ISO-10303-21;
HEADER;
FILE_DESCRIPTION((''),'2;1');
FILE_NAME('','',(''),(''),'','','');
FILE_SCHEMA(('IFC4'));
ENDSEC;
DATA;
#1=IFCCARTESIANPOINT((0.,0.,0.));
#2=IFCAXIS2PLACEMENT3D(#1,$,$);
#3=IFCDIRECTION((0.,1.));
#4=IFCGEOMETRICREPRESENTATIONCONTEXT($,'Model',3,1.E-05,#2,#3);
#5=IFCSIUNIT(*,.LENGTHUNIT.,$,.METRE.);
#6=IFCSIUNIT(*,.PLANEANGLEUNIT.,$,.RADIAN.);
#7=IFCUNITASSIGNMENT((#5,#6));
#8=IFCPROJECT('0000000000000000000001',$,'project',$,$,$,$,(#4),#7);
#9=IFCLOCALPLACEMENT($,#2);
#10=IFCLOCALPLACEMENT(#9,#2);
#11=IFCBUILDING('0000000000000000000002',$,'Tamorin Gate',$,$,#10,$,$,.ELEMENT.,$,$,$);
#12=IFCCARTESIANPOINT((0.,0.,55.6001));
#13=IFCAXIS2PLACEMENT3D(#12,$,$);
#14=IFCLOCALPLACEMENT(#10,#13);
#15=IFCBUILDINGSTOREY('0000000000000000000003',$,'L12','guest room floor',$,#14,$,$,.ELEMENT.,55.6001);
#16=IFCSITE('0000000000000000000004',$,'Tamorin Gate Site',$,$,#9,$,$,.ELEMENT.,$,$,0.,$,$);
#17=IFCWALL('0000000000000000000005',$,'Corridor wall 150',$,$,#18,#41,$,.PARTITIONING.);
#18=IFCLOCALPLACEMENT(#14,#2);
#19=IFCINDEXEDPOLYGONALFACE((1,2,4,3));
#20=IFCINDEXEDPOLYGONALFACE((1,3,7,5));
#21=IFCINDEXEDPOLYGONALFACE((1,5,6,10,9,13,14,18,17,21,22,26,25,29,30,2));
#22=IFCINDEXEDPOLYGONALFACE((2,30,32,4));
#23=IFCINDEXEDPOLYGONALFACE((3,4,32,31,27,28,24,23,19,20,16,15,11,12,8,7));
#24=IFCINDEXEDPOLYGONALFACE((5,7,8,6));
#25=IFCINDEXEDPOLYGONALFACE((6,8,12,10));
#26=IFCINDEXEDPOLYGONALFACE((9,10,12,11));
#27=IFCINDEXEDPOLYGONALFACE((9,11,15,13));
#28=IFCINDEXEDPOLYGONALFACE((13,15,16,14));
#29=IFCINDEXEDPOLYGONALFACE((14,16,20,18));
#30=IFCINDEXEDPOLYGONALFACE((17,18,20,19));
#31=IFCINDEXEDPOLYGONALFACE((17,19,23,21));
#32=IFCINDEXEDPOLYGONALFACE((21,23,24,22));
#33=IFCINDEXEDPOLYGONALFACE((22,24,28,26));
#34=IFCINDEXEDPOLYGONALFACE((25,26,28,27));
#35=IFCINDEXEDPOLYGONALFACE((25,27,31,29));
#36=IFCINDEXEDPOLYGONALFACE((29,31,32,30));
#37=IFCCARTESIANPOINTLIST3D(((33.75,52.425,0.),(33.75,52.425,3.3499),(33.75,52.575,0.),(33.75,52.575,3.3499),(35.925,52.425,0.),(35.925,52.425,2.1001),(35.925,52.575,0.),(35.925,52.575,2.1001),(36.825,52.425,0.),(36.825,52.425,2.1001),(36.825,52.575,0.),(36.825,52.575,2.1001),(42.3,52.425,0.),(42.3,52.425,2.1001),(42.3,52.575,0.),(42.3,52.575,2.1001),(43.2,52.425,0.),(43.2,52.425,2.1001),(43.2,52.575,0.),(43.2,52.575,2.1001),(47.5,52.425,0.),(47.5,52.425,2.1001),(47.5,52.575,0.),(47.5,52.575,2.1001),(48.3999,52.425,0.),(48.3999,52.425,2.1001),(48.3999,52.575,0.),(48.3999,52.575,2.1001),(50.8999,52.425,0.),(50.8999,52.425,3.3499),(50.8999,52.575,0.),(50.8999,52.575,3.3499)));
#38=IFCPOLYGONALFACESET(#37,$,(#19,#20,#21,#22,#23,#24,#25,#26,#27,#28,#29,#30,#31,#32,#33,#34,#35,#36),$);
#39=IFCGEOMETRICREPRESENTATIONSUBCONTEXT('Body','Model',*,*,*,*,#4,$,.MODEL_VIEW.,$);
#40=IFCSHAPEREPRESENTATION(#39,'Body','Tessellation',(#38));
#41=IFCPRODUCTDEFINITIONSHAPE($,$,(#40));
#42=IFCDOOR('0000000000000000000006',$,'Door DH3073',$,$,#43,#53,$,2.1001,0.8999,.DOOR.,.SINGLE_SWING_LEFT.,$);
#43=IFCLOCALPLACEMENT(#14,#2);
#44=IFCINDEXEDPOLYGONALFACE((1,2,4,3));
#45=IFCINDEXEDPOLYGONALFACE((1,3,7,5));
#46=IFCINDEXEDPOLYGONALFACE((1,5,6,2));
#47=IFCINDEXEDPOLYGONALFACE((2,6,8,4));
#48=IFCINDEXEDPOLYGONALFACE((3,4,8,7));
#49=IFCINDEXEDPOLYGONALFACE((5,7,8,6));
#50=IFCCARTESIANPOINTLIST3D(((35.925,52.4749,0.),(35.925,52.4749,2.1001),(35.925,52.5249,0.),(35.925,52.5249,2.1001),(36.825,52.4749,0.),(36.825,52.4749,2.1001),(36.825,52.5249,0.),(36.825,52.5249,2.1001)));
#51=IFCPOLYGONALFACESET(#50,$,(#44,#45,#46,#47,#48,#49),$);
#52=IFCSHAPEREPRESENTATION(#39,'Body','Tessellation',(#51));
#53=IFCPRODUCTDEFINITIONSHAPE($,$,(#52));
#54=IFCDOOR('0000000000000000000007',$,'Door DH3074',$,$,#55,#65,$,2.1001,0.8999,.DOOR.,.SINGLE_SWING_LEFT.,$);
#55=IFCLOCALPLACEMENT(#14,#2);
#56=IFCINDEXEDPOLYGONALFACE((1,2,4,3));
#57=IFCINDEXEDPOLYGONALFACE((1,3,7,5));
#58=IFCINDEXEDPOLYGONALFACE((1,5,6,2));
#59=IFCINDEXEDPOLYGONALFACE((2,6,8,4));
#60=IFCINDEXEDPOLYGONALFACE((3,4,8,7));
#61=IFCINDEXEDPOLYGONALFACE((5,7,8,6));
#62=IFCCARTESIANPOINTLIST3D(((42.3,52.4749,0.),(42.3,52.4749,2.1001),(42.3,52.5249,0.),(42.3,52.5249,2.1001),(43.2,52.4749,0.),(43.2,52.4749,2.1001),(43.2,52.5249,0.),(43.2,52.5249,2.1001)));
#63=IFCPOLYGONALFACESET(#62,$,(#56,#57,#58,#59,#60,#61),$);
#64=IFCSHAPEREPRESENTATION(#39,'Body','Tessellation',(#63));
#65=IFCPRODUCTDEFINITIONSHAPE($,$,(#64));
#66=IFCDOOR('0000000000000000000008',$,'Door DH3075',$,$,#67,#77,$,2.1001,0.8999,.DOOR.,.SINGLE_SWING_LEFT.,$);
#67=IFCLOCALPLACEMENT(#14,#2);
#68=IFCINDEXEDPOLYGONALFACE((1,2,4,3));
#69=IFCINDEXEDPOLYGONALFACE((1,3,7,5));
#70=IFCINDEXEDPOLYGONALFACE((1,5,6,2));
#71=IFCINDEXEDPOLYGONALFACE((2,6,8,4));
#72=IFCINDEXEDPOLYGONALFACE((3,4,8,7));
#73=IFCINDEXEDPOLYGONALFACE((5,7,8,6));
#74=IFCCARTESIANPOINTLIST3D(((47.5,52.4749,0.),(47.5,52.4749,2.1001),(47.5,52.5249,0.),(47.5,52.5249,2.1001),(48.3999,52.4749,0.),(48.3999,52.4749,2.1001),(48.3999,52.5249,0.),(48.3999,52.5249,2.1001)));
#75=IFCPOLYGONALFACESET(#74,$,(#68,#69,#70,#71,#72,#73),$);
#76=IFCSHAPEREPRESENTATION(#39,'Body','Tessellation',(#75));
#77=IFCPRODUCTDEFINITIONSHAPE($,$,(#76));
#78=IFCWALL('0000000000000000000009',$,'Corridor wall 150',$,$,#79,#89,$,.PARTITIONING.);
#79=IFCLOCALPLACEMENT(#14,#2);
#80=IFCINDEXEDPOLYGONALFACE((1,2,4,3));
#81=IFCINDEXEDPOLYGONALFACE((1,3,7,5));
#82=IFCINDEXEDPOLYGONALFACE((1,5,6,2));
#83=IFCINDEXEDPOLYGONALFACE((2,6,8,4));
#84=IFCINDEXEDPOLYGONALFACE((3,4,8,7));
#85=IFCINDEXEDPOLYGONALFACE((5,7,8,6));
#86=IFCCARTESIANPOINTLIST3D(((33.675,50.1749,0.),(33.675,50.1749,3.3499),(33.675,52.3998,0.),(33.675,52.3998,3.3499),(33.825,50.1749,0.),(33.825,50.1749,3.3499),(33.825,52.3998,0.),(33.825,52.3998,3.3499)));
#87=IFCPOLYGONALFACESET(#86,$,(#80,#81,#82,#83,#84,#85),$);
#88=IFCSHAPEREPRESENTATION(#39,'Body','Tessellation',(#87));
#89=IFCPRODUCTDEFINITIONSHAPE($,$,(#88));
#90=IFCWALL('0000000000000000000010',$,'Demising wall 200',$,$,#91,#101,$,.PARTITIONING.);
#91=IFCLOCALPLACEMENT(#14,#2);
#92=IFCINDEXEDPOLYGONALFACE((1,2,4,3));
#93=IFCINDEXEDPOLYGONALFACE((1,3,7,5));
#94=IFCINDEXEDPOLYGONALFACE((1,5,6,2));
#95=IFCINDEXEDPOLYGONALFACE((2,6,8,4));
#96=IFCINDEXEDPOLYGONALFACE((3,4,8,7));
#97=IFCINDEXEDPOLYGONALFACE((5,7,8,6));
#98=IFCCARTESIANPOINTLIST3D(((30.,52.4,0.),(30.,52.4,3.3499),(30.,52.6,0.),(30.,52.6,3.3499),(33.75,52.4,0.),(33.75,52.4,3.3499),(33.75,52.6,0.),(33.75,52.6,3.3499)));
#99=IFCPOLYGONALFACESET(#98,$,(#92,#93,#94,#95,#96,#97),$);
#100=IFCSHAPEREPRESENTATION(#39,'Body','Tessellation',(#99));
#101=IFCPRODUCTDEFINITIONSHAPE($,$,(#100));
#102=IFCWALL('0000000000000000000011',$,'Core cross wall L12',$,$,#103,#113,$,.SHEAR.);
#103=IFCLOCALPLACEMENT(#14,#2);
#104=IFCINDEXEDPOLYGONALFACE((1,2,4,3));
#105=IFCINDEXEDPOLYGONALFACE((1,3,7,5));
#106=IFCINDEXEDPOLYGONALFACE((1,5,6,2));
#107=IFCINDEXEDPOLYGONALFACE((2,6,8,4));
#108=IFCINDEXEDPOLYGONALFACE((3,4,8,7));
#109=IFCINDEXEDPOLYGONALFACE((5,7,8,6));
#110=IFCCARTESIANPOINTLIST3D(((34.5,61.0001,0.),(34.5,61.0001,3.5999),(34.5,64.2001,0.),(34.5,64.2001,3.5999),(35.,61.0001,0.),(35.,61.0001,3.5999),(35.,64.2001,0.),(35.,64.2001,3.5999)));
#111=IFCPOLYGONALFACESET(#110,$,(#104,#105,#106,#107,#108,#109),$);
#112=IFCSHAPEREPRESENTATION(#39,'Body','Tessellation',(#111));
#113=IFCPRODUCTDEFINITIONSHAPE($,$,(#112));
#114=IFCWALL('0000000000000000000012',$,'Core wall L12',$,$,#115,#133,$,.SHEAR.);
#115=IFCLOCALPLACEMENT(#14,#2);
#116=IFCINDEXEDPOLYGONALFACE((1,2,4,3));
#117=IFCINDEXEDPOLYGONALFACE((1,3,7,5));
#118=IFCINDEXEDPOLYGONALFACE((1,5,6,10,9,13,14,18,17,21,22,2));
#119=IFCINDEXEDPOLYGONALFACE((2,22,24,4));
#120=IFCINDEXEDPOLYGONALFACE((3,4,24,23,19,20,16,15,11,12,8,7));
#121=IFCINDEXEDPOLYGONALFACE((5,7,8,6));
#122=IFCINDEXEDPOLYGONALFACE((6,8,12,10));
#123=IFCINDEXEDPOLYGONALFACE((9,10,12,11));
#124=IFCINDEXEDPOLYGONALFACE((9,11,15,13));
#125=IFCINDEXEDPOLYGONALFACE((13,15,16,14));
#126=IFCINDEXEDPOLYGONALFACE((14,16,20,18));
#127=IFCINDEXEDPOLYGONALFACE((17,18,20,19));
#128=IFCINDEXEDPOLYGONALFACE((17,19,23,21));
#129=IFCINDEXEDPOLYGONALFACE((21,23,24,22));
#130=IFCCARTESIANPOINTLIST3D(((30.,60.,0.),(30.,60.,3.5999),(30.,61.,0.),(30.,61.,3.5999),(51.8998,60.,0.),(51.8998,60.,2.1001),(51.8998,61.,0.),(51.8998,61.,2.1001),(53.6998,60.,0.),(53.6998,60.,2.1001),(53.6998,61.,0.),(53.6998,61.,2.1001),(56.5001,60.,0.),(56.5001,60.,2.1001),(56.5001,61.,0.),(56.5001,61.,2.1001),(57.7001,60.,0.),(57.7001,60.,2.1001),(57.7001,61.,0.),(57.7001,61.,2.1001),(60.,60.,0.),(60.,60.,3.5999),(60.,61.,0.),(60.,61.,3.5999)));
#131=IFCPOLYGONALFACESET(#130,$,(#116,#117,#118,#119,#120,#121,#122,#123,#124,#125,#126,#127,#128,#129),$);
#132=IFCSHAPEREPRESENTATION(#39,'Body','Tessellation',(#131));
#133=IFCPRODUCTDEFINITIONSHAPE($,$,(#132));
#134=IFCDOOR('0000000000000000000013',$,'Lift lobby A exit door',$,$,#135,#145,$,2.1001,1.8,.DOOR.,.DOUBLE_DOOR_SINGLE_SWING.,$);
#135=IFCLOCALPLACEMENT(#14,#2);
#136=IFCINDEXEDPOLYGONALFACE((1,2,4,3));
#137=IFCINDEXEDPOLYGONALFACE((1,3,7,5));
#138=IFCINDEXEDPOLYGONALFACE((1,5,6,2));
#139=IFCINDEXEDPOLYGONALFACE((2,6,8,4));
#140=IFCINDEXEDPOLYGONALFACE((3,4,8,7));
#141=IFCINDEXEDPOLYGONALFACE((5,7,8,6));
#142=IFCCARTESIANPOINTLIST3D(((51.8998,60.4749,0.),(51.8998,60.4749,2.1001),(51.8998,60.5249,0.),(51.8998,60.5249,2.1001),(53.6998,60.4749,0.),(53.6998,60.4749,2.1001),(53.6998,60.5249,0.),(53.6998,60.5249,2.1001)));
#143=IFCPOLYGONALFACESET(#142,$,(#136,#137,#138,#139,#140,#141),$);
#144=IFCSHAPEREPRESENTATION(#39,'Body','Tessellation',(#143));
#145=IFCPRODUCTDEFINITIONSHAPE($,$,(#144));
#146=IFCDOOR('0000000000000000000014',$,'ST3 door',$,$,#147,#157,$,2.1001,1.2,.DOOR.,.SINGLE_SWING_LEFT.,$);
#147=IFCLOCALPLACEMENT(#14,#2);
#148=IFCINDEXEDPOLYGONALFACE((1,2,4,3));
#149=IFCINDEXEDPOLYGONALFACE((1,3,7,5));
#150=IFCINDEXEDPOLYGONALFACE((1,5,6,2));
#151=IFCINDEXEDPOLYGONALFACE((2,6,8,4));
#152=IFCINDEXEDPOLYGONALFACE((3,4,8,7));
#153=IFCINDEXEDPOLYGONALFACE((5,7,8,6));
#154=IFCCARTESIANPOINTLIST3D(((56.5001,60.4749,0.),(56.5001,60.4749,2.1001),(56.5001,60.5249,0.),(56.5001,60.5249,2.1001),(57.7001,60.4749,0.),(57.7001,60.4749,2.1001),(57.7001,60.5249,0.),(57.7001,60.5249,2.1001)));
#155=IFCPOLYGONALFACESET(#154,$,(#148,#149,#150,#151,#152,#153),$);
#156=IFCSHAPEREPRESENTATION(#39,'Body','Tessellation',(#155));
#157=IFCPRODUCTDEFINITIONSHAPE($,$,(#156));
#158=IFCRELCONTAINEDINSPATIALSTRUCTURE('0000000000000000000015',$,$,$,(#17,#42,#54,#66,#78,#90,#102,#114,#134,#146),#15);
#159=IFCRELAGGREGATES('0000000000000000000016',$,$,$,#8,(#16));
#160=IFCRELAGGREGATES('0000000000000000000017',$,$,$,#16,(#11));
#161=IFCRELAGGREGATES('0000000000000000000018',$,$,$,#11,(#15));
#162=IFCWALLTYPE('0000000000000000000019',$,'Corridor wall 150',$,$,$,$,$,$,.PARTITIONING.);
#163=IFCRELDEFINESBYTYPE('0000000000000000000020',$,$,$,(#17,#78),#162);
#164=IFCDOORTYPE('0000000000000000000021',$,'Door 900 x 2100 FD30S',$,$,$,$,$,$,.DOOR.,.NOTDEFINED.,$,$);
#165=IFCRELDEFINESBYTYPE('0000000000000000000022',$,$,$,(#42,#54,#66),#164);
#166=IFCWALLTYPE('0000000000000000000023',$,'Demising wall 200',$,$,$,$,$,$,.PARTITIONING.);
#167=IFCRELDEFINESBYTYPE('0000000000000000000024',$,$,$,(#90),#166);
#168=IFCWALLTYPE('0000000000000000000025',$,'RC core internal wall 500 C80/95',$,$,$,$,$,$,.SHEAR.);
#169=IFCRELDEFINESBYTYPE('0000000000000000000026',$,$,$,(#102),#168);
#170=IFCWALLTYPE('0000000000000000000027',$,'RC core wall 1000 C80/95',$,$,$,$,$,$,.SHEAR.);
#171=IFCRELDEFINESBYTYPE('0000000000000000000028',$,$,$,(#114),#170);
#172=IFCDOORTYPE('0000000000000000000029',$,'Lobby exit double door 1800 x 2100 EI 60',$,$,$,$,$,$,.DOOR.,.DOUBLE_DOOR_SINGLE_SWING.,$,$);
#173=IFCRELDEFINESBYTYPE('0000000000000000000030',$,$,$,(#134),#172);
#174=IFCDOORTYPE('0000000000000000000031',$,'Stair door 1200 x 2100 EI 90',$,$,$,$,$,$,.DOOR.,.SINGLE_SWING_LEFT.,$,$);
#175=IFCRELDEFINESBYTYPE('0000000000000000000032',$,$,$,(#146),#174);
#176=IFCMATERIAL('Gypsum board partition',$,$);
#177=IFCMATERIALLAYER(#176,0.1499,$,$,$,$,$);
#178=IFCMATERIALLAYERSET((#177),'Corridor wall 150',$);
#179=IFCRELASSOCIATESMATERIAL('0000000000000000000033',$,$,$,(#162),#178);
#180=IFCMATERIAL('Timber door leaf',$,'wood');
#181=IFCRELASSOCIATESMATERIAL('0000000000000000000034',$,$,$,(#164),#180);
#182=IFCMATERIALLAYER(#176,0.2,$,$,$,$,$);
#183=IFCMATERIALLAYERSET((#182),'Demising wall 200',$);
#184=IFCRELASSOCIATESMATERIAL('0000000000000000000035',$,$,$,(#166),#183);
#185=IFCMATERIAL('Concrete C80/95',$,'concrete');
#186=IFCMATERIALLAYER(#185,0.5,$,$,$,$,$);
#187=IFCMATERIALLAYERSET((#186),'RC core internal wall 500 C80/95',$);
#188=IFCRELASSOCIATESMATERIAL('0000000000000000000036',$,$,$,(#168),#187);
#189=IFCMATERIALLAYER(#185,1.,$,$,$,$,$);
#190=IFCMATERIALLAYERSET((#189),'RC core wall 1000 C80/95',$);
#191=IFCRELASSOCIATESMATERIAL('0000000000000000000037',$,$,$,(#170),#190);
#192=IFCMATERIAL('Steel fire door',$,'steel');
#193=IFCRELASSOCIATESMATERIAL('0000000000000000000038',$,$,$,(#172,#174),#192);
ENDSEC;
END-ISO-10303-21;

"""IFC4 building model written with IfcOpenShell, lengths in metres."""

from ifc_helpers import new_model, si_unit, direction, frame, frame_2d, origin, place, context, subcontext, project, spatial, rectangle, extrude, material, layer, layer_set, type_object, element, fill, save


model = new_model("IFC4")

# Units and contexts
model_context = context("Model", 3, precision=1e-05, world=origin(), true_north=direction((0.0, 1.0)))
body_context = subcontext(model_context, "Body", "Model", "MODEL_VIEW")
ifc_project = project(units=[si_unit("LENGTHUNIT", "METRE"), si_unit("PLANEANGLEUNIT", "RADIAN")], contexts=[model_context])

# Site, building, storey
site_placement = place(None, origin())
site = spatial("IfcSite", under=ifc_project, at=site_placement, Name="Tamorin Gate Site", CompositionType="ELEMENT", RefElevation=0.0)
building_placement = place(site_placement, origin())
building = spatial("IfcBuilding", under=site, at=building_placement, Name="Tamorin Gate", CompositionType="ELEMENT")
storey_placement = place(building_placement, frame((0.0, 0.0, 55.6001)))
storey = spatial("IfcBuildingStorey", under=building, at=storey_placement, Name="L12", Description="guest room floor", CompositionType="ELEMENT", Elevation=55.6001)

# Shared definitions
ifc_material_1 = material(Name="Concrete C80/95", Category="concrete")

# Wall, openings, doors
ifc_material_2 = material(Name="Gypsum board partition")
ifc_layer_1 = layer(ifc_material_2, 0.1499)
ifc_layer_set_1 = layer_set([ifc_layer_1], Name="Corridor wall 150")
wall_type_1 = type_object("IfcWallType", Name="Corridor wall 150", PredefinedType="PARTITIONING", material=ifc_layer_set_1)
ifc_material_3 = material(Name="Timber door leaf", Category="wood")
door_type_1 = type_object("IfcDoorType", Name="Door 900 x 2100 FD30S", OperationType="NOTDEFINED", PredefinedType="DOOR", material=ifc_material_3)
wall_1_placement = place(storey_placement, frame((33.75, 52.5, 0.0), z_axis=(0.0, 0.0, 1.0), x_axis=(1.0, 0.0, 0.0)))
wall_1 = element("IfcWall", 1, at=wall_1_placement, inside=storey, type_object=wall_type_1, Name="Corridor wall 150", PredefinedType="PARTITIONING", context=body_context, shape_type="SweptSolid", body=[
    extrude(rectangle(XDim=17.1499, YDim=0.1499, at=frame_2d((8.575, 0.0))), origin(), (0.0, 0.0, 1.0), 3.3499),
])
opening_1_placement = place(wall_1_placement, frame((2.175, 0.0, 0.0)))
opening_1 = element("IfcOpeningElement", 2, at=opening_1_placement, cuts=wall_1, PredefinedType="OPENING", context=body_context, shape_type="SweptSolid", body=[
    extrude(rectangle(XDim=0.8999, YDim=2.1001, at=frame_2d((0.45, 1.05))), frame((0.0, 0.085, 0.0), z_axis=(0.0, -1.0, 0.0), x_axis=(1.0, 0.0, 0.0)), (0.0, 0.0, 1.0), 0.1699),
])
opening_2_placement = place(wall_1_placement, frame((8.55, 0.0, 0.0)))
opening_2 = element("IfcOpeningElement", 3, at=opening_2_placement, cuts=wall_1, PredefinedType="OPENING", context=body_context, shape_type="SweptSolid", body=[
    extrude(rectangle(XDim=0.8999, YDim=2.1001, at=frame_2d((0.45, 1.05))), frame((0.0, 0.085, 0.0), z_axis=(0.0, -1.0, 0.0), x_axis=(1.0, 0.0, 0.0)), (0.0, 0.0, 1.0), 0.1699),
])
opening_3_placement = place(wall_1_placement, frame((13.75, 0.0, 0.0)))
opening_3 = element("IfcOpeningElement", 4, at=opening_3_placement, cuts=wall_1, PredefinedType="OPENING", context=body_context, shape_type="SweptSolid", body=[
    extrude(rectangle(XDim=0.8999, YDim=2.1001, at=frame_2d((0.45, 1.05))), frame((0.0, 0.085, 0.0), z_axis=(0.0, -1.0, 0.0), x_axis=(1.0, 0.0, 0.0)), (0.0, 0.0, 1.0), 0.1699),
])
door_1_placement = place(opening_1_placement, origin())
door_1 = element("IfcDoor", 5, at=door_1_placement, inside=storey, type_object=door_type_1, Name="Door DH3073", OperationType="SINGLE_SWING_LEFT", OverallHeight=2.1001, OverallWidth=0.8999, PredefinedType="DOOR", context=body_context, shape_type="SweptSolid", body=[
    extrude(rectangle(XDim=0.8999, YDim=2.1001, at=frame_2d((0.45, 1.05))), frame((0.0, 0.0249, 0.0), z_axis=(0.0, -1.0, 0.0), x_axis=(1.0, 0.0, 0.0)), (0.0, 0.0, 1.0), 0.05),
])
fill(opening_1, door_1)
door_2_placement = place(opening_2_placement, origin())
door_2 = element("IfcDoor", 6, at=door_2_placement, inside=storey, type_object=door_type_1, Name="Door DH3074", OperationType="SINGLE_SWING_LEFT", OverallHeight=2.1001, OverallWidth=0.8999, PredefinedType="DOOR", context=body_context, shape_type="SweptSolid", body=[
    extrude(rectangle(XDim=0.8999, YDim=2.1001, at=frame_2d((0.45, 1.05))), frame((0.0, 0.0249, 0.0), z_axis=(0.0, -1.0, 0.0), x_axis=(1.0, 0.0, 0.0)), (0.0, 0.0, 1.0), 0.05),
])
fill(opening_2, door_2)
door_3_placement = place(opening_3_placement, origin())
door_3 = element("IfcDoor", 7, at=door_3_placement, inside=storey, type_object=door_type_1, Name="Door DH3075", OperationType="SINGLE_SWING_LEFT", OverallHeight=2.1001, OverallWidth=0.8999, PredefinedType="DOOR", context=body_context, shape_type="SweptSolid", body=[
    extrude(rectangle(XDim=0.8999, YDim=2.1001, at=frame_2d((0.45, 1.05))), frame((0.0, 0.0249, 0.0), z_axis=(0.0, -1.0, 0.0), x_axis=(1.0, 0.0, 0.0)), (0.0, 0.0, 1.0), 0.05),
])
fill(opening_3, door_3)

# Walls
wall_2_placement = place(storey_placement, frame((33.75, 50.175, 0.0), z_axis=(0.0, 0.0, 1.0), x_axis=(0.0, 1.0, 0.0)))
element("IfcWall", 8, at=wall_2_placement, inside=storey, type_object=wall_type_1, Name="Corridor wall 150", PredefinedType="PARTITIONING", context=body_context, shape_type="SweptSolid", body=[
    extrude(rectangle(XDim=2.2249, YDim=0.1499, at=frame_2d((1.1123, 0.0))), origin(), (0.0, 0.0, 1.0), 3.3499),
])
ifc_layer_2 = layer(ifc_material_2, 0.2)
ifc_layer_set_2 = layer_set([ifc_layer_2], Name="Demising wall 200")
wall_type_2 = type_object("IfcWallType", Name="Demising wall 200", PredefinedType="PARTITIONING", material=ifc_layer_set_2)
wall_3_placement = place(storey_placement, frame((30.0, 52.5, 0.0), z_axis=(0.0, 0.0, 1.0), x_axis=(1.0, 0.0, 0.0)))
element("IfcWall", 9, at=wall_3_placement, inside=storey, type_object=wall_type_2, Name="Demising wall 200", PredefinedType="PARTITIONING", context=body_context, shape_type="SweptSolid", body=[
    extrude(rectangle(XDim=3.75, YDim=0.2, at=frame_2d((1.875, 0.0))), origin(), (0.0, 0.0, 1.0), 3.3499),
])
ifc_layer_3 = layer(ifc_material_1, 0.5)
ifc_layer_set_3 = layer_set([ifc_layer_3], Name="RC core internal wall 500 C80/95")
wall_type_3 = type_object("IfcWallType", Name="RC core internal wall 500 C80/95", PredefinedType="SHEAR", material=ifc_layer_set_3)
wall_4_placement = place(storey_placement, frame((34.75, 61.0, 0.0), z_axis=(0.0, 0.0, 1.0), x_axis=(0.0, 1.0, 0.0)))
element("IfcWall", 10, at=wall_4_placement, inside=storey, type_object=wall_type_3, Name="Core cross wall L12", PredefinedType="SHEAR", context=body_context, shape_type="SweptSolid", body=[
    extrude(rectangle(XDim=3.2, YDim=0.5, at=frame_2d((1.6001, 0.0))), origin(), (0.0, 0.0, 1.0), 3.5999),
])

# Wall, openings, doors
ifc_layer_4 = layer(ifc_material_1, 1.0)
ifc_layer_set_4 = layer_set([ifc_layer_4], Name="RC core wall 1000 C80/95")
wall_type_4 = type_object("IfcWallType", Name="RC core wall 1000 C80/95", PredefinedType="SHEAR", material=ifc_layer_set_4)
wall_5_placement = place(storey_placement, frame((30.0, 60.5, 0.0), z_axis=(0.0, 0.0, 1.0), x_axis=(1.0, 0.0, 0.0)))
wall_5 = element("IfcWall", 11, at=wall_5_placement, inside=storey, type_object=wall_type_4, Name="Core wall L12", PredefinedType="SHEAR", context=body_context, shape_type="SweptSolid", body=[
    extrude(rectangle(XDim=30.0, YDim=1.0, at=frame_2d((15.0, 0.0))), origin(), (0.0, 0.0, 1.0), 3.5999),
])
opening_4_placement = place(wall_5_placement, frame((21.8999, 0.0, 0.0)))
opening_4 = element("IfcOpeningElement", 12, at=opening_4_placement, cuts=wall_5, PredefinedType="OPENING", context=body_context, shape_type="SweptSolid", body=[
    extrude(rectangle(XDim=1.8, YDim=2.1001, at=frame_2d((0.8999, 1.05))), frame((0.0, 0.51, 0.0), z_axis=(0.0, -1.0, 0.0), x_axis=(1.0, 0.0, 0.0)), (0.0, 0.0, 1.0), 1.02),
])
opening_5_placement = place(wall_5_placement, frame((26.5, 0.0, 0.0)))
opening_5 = element("IfcOpeningElement", 13, at=opening_5_placement, cuts=wall_5, PredefinedType="OPENING", context=body_context, shape_type="SweptSolid", body=[
    extrude(rectangle(XDim=1.2, YDim=2.1001, at=frame_2d((0.6001, 1.05))), frame((0.0, 0.51, 0.0), z_axis=(0.0, -1.0, 0.0), x_axis=(1.0, 0.0, 0.0)), (0.0, 0.0, 1.0), 1.02),
])
ifc_material_4 = material(Name="Steel fire door", Category="steel")
door_type_2 = type_object("IfcDoorType", Name="Lobby exit double door 1800 x 2100 EI 60", OperationType="DOUBLE_DOOR_SINGLE_SWING", PredefinedType="DOOR", material=ifc_material_4)
door_4_placement = place(opening_4_placement, origin())
door_4 = element("IfcDoor", 14, at=door_4_placement, inside=storey, type_object=door_type_2, Name="Lift lobby A exit door", OperationType="DOUBLE_DOOR_SINGLE_SWING", OverallHeight=2.1001, OverallWidth=1.8, PredefinedType="DOOR", context=body_context, shape_type="SweptSolid", body=[
    extrude(rectangle(XDim=1.8, YDim=2.1001, at=frame_2d((0.8999, 1.05))), frame((0.0, 0.0249, 0.0), z_axis=(0.0, -1.0, 0.0), x_axis=(1.0, 0.0, 0.0)), (0.0, 0.0, 1.0), 0.05),
])
fill(opening_4, door_4)
door_type_3 = type_object("IfcDoorType", Name="Stair door 1200 x 2100 EI 90", OperationType="SINGLE_SWING_LEFT", PredefinedType="DOOR", material=ifc_material_4)
door_5_placement = place(opening_5_placement, origin())
door_5 = element("IfcDoor", 15, at=door_5_placement, inside=storey, type_object=door_type_3, Name="ST3 door", OperationType="SINGLE_SWING_LEFT", OverallHeight=2.1001, OverallWidth=1.2, PredefinedType="DOOR", context=body_context, shape_type="SweptSolid", body=[
    extrude(rectangle(XDim=1.2, YDim=2.1001, at=frame_2d((0.6001, 1.05))), frame((0.0, 0.0249, 0.0), z_axis=(0.0, -1.0, 0.0), x_axis=(1.0, 0.0, 0.0)), (0.0, 0.0, 1.0), 0.05),
])
fill(opening_5, door_5)

save(model, "model.ifc")
